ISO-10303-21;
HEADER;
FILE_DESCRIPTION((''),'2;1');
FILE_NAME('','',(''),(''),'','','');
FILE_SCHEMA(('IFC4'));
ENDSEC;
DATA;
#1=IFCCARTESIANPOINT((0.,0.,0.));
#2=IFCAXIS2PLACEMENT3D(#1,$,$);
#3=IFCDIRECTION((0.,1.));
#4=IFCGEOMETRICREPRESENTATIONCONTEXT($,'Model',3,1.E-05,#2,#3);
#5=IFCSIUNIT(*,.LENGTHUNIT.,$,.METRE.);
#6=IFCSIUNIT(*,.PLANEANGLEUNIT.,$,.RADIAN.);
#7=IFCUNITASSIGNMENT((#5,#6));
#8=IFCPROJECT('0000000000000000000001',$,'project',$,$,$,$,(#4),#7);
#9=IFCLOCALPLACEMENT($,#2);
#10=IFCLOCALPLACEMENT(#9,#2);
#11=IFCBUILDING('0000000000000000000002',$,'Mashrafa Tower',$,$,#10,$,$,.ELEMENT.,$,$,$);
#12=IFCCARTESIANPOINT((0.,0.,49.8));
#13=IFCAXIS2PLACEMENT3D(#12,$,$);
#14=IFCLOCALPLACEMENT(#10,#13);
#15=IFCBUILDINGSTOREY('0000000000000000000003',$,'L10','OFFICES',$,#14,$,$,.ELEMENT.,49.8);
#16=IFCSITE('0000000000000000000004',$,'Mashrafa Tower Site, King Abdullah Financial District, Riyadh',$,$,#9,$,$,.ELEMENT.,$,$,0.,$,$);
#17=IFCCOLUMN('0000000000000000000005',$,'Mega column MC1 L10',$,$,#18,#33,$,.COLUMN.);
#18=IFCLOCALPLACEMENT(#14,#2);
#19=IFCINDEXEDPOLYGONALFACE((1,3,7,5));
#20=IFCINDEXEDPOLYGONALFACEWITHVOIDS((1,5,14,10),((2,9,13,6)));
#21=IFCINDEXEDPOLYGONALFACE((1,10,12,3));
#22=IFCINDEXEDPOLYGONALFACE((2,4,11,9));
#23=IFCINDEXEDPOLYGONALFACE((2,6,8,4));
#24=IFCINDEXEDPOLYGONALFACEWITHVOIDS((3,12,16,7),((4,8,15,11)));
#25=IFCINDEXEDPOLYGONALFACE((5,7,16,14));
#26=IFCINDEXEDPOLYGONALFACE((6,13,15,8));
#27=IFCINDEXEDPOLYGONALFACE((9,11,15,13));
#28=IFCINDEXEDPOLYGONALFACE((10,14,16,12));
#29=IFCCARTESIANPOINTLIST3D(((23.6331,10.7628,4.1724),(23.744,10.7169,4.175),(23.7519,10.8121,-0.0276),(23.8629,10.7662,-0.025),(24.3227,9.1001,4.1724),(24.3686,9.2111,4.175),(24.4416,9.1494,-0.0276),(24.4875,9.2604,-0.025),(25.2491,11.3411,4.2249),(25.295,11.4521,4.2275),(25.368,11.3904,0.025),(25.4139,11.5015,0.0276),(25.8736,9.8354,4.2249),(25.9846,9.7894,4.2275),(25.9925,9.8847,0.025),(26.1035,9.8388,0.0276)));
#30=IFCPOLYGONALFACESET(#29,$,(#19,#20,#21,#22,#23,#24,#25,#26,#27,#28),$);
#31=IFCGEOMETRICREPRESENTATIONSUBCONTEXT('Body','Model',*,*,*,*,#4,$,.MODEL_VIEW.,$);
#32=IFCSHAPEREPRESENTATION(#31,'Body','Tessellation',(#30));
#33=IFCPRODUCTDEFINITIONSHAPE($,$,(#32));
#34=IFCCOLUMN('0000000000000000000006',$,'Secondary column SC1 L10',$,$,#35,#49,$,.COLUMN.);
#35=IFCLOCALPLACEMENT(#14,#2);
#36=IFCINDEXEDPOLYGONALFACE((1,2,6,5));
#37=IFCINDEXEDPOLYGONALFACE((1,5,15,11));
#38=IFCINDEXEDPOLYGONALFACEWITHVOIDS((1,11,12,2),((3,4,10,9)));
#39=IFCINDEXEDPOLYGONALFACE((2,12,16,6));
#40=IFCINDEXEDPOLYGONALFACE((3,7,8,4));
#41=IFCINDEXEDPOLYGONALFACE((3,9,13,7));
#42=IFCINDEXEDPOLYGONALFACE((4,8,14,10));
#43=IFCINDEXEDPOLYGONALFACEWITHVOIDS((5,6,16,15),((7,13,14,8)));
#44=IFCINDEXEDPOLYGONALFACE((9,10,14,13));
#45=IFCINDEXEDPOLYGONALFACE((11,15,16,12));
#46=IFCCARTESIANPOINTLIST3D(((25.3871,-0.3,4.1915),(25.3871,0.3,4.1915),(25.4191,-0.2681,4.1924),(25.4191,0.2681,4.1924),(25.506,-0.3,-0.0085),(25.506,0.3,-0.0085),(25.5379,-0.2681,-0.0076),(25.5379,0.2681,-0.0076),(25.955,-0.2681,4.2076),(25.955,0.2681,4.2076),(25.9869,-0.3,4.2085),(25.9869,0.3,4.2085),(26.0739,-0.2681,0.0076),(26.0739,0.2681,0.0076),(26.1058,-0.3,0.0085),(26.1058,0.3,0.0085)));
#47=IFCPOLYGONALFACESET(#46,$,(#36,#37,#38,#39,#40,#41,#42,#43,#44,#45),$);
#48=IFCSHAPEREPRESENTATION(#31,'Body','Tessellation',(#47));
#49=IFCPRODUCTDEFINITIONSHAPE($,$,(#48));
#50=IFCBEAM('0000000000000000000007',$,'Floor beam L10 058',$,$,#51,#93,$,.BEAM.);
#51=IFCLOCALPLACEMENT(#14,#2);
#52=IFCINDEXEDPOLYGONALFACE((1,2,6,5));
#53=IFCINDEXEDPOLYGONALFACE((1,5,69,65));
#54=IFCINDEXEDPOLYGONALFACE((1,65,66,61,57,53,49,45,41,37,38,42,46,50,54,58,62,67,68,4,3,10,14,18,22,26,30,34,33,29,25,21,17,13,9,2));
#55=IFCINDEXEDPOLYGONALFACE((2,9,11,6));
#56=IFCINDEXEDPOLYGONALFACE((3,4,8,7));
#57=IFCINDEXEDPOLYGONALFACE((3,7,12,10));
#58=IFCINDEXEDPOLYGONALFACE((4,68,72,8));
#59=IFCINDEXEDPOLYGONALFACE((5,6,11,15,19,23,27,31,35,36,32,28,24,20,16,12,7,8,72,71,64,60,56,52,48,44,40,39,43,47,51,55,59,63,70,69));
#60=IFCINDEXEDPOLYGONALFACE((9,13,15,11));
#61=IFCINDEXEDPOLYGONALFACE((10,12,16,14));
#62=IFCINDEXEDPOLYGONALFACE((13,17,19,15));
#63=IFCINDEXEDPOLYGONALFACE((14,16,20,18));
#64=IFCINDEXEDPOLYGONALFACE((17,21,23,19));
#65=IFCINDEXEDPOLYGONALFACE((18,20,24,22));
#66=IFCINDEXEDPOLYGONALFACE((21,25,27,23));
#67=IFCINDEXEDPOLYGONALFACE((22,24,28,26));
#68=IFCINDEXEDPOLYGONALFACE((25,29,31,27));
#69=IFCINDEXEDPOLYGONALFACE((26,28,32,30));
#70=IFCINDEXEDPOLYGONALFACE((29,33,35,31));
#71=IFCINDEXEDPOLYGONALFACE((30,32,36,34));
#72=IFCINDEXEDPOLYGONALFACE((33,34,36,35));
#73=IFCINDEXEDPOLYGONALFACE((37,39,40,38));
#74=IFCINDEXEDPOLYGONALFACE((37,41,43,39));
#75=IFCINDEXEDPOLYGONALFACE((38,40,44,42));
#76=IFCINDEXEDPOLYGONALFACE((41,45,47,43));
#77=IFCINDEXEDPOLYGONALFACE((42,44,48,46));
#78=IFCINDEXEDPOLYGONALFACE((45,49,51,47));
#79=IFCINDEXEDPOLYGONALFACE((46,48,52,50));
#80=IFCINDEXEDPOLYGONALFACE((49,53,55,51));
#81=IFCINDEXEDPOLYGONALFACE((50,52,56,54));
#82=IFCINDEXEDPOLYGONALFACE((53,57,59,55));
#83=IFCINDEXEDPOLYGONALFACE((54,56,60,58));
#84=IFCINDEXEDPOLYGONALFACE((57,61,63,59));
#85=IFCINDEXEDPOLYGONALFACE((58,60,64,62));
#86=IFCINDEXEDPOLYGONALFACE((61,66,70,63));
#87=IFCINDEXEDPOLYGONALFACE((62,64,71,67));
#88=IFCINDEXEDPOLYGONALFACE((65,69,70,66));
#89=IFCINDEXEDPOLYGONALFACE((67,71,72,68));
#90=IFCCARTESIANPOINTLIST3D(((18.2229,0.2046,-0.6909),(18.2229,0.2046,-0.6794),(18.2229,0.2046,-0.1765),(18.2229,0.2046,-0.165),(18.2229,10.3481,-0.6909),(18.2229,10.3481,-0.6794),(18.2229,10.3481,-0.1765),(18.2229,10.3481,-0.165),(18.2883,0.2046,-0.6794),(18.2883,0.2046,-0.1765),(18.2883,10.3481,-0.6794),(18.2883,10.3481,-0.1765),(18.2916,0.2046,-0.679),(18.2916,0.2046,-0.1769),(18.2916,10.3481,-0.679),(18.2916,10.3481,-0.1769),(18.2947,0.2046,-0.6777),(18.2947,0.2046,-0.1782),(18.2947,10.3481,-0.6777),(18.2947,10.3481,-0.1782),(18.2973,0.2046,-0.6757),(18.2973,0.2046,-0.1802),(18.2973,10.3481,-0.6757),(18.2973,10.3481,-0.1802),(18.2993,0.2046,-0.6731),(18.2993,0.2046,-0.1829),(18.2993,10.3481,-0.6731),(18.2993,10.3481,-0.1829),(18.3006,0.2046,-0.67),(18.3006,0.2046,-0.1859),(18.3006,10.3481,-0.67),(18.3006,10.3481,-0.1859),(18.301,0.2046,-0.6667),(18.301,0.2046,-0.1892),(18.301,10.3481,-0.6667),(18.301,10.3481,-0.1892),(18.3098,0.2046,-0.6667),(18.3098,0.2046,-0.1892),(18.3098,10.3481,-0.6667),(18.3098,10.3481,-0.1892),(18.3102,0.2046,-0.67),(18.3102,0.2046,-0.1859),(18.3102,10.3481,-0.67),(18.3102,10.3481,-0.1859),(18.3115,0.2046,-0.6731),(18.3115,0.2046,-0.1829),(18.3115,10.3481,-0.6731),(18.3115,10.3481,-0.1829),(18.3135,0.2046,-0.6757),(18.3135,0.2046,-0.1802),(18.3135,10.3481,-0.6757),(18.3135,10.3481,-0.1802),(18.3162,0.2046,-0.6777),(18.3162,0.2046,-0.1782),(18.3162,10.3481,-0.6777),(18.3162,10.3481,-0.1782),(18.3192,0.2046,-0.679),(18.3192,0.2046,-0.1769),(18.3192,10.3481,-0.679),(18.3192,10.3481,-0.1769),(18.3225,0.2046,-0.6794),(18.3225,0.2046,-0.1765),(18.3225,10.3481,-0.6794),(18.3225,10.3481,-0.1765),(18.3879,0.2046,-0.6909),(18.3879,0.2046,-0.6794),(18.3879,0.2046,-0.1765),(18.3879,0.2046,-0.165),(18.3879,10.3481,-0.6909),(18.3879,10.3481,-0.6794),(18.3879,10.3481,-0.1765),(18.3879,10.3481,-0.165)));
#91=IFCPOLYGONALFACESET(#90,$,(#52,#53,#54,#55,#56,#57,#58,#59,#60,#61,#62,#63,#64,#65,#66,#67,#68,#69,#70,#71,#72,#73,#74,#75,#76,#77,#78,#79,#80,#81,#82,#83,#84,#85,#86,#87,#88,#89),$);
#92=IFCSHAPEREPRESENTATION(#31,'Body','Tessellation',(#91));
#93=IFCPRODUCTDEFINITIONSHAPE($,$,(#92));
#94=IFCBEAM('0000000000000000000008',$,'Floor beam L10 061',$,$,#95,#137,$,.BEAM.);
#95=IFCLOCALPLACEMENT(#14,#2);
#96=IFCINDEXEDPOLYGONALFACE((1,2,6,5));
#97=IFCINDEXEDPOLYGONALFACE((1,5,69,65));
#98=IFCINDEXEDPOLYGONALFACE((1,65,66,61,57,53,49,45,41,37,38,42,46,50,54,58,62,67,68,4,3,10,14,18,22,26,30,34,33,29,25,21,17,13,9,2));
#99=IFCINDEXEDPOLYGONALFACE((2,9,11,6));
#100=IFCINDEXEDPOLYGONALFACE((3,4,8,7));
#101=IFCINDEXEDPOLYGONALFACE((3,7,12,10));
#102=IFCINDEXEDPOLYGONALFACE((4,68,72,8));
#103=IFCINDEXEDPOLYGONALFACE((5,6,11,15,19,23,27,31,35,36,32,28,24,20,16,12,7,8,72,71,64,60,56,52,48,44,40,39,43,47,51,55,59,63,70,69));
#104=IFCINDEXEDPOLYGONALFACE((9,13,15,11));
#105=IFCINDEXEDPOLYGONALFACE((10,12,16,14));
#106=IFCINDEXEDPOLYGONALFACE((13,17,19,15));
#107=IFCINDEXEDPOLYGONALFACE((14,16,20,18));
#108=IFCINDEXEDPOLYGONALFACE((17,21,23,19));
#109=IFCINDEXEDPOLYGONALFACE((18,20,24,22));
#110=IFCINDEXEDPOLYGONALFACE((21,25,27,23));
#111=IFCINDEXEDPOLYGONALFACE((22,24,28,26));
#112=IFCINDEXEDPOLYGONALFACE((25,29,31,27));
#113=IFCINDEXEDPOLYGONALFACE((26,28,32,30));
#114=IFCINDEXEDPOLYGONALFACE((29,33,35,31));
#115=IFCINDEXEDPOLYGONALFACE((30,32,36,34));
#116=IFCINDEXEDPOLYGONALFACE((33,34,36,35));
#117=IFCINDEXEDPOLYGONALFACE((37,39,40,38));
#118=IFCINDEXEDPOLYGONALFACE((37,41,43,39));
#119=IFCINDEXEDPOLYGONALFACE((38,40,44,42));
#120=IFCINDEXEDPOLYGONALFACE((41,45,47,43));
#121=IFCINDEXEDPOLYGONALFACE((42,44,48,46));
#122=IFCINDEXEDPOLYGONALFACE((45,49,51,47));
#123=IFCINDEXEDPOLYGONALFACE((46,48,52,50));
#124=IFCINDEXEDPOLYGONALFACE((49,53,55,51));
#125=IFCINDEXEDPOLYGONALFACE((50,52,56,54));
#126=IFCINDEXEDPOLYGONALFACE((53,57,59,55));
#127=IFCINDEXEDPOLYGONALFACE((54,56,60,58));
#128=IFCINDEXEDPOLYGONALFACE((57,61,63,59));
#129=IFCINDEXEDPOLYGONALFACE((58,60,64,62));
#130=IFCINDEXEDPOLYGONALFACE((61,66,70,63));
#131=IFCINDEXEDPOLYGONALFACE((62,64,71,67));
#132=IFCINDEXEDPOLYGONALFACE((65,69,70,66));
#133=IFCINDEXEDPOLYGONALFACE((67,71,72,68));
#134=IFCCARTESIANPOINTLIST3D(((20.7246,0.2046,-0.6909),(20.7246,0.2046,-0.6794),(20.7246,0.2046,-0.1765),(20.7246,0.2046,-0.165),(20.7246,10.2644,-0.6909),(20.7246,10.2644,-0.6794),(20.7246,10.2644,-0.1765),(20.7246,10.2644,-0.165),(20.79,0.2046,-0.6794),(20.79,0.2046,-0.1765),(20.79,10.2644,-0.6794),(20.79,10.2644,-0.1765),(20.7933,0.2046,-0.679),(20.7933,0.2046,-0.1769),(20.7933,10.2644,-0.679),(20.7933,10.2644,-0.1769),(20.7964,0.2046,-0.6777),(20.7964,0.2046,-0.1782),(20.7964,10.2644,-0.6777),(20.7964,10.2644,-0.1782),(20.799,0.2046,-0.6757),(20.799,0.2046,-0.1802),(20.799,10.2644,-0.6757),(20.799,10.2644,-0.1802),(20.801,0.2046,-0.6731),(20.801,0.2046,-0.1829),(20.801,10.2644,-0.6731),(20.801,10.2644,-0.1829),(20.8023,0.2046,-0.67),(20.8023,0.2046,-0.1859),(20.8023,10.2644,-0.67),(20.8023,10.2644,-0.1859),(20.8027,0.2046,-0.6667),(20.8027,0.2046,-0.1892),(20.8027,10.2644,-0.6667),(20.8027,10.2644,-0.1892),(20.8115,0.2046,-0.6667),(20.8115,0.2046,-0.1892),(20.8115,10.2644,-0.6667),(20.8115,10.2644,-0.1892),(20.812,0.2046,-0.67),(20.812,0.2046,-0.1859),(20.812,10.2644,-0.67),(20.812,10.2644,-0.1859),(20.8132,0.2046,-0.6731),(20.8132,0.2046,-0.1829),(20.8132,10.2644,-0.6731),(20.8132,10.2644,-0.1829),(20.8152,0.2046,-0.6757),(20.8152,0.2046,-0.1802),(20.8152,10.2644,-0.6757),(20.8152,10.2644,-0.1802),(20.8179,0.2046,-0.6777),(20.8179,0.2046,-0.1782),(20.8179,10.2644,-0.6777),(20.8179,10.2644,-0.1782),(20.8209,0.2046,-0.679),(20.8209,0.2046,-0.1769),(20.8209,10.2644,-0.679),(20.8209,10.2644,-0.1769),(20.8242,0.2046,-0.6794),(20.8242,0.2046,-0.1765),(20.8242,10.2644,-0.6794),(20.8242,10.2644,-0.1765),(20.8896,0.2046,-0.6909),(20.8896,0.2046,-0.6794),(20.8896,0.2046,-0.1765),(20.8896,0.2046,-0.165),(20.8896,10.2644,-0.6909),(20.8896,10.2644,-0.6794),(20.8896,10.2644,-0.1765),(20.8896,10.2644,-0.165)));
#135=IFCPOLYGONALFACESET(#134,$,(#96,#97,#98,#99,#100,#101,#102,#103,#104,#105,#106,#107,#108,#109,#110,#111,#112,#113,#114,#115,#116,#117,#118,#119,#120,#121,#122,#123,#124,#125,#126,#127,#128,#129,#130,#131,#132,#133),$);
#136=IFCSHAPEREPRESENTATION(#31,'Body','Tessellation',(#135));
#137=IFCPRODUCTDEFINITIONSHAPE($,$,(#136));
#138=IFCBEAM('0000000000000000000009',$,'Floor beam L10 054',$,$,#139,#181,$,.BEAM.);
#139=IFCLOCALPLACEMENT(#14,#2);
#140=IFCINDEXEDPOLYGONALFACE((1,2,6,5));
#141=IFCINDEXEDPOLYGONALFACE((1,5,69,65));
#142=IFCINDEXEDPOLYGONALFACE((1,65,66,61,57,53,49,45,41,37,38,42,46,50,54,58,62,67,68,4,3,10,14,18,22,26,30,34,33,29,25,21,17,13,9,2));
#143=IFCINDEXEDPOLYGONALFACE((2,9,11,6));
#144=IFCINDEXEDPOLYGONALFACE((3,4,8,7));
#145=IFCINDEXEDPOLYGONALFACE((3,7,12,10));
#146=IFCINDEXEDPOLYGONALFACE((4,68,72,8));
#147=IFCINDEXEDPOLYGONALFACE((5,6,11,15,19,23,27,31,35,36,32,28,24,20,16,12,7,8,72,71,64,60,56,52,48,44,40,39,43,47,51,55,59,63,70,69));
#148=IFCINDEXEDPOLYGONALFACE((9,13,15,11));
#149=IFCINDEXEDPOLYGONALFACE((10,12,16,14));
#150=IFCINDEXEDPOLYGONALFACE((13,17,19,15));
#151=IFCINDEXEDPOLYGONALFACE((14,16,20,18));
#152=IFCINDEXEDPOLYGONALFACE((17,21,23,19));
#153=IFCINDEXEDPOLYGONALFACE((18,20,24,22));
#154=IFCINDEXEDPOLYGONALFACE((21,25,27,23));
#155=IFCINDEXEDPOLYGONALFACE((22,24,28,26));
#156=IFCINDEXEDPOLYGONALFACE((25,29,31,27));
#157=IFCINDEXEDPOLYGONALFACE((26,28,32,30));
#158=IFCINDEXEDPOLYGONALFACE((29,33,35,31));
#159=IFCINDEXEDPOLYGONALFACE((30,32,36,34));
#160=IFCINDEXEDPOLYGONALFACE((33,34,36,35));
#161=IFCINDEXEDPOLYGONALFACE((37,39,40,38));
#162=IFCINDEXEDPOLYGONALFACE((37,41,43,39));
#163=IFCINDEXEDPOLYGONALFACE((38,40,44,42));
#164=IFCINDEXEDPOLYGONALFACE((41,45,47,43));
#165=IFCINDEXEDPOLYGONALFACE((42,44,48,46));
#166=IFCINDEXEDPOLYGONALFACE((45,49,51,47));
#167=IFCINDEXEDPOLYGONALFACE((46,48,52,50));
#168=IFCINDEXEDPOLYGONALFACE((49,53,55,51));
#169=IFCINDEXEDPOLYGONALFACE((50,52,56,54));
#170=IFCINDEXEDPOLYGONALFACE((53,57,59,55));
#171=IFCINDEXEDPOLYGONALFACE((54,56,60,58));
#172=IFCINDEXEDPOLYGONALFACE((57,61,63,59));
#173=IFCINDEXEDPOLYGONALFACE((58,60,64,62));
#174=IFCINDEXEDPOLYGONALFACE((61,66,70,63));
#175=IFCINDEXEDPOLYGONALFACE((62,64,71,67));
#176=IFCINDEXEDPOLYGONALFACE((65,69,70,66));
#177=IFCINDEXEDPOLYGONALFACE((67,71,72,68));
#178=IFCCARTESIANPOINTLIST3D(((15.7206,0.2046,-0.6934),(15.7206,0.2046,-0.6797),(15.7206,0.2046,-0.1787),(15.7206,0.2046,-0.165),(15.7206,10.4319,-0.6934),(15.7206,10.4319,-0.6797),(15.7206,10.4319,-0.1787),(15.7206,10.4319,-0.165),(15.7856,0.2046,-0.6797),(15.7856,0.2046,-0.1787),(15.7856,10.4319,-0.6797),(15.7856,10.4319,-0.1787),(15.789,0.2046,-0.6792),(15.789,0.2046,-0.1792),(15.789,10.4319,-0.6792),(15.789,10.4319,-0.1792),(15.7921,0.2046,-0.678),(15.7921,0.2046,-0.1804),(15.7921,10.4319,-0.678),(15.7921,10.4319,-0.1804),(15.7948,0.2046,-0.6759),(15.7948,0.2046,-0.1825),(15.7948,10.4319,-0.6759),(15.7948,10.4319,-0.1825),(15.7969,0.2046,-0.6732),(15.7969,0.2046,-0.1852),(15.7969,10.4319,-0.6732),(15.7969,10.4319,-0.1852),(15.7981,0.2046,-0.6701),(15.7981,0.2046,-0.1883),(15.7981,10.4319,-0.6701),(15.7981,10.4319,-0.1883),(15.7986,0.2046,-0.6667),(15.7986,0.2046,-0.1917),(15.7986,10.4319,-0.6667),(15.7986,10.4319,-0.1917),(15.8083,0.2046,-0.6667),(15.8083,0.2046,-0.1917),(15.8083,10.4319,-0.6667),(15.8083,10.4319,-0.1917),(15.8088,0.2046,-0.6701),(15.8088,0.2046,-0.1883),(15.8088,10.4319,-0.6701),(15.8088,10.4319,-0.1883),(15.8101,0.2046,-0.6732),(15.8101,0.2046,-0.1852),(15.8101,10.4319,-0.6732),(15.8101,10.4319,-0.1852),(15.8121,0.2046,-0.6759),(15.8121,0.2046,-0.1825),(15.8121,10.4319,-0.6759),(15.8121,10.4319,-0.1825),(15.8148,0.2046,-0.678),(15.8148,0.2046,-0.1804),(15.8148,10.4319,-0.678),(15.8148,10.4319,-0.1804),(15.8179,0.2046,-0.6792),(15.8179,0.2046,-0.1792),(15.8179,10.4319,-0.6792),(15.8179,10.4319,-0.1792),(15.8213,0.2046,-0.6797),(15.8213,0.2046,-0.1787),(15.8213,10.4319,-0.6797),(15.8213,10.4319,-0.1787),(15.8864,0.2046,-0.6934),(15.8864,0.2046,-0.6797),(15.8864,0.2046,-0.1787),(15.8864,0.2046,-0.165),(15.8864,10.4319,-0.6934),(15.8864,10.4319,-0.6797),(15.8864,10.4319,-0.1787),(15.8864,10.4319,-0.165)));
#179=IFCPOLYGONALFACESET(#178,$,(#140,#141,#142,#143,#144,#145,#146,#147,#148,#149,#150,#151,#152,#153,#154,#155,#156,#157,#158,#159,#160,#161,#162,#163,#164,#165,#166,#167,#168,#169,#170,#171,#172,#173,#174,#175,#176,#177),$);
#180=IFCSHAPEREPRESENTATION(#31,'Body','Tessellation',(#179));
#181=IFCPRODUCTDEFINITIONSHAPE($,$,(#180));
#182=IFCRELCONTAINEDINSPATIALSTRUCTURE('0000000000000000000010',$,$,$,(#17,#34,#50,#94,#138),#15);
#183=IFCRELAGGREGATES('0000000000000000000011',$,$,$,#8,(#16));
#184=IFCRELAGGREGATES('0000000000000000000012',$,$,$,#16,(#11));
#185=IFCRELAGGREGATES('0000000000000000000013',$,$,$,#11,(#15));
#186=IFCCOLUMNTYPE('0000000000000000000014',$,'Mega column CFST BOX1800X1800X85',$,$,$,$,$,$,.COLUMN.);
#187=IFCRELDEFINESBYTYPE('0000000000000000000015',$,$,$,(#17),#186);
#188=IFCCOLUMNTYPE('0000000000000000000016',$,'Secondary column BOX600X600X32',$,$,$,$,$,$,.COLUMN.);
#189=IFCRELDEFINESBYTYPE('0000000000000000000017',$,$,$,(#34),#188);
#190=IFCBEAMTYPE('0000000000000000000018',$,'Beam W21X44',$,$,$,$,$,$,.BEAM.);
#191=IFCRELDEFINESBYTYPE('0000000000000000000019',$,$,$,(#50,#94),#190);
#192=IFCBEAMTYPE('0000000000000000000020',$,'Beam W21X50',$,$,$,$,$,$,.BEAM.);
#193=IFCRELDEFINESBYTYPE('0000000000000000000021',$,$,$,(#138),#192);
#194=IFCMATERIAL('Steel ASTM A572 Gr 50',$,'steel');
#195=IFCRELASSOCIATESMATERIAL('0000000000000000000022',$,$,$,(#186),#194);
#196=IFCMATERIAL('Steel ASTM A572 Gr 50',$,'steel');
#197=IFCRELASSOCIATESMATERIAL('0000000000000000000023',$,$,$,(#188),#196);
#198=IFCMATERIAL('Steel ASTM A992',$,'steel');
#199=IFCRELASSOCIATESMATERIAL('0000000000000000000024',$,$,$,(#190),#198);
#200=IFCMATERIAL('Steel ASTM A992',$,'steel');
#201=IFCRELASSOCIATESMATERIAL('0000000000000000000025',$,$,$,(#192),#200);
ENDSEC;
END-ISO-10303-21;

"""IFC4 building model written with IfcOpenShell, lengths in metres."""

from ifc_helpers import new_model, si_unit, direction, frame, origin, origin_2d, place, context, subcontext, project, spatial, hollow_rectangle, i_section, extrude, material, material_profile, profile_set, type_object, element, save


model = new_model("IFC4")

# Units and contexts
model_context = context("Model", 3, precision=1e-05, world=origin(), true_north=direction((0.0, 1.0)))
body_context = subcontext(model_context, "Body", "Model", "MODEL_VIEW")
ifc_project = project(units=[si_unit("LENGTHUNIT", "METRE"), si_unit("PLANEANGLEUNIT", "RADIAN")], contexts=[model_context])

# Site, building, storey
site_placement = place(None, origin())
site = spatial("IfcSite", under=ifc_project, at=site_placement, Name="Mashrafa Tower Site, King Abdullah Financial District, Riyadh", CompositionType="ELEMENT", RefElevation=0.0)
building_placement = place(site_placement, origin())
building = spatial("IfcBuilding", under=site, at=building_placement, Name="Mashrafa Tower", CompositionType="ELEMENT")
storey_placement = place(building_placement, frame((0.0, 0.0, 49.8)))
storey = spatial("IfcBuildingStorey", under=building, at=storey_placement, Name="L10", Description="OFFICES", CompositionType="ELEMENT", Elevation=49.8)

# Columns
ifc_material_1 = material(Name="Steel ASTM A572 Gr 50", Category="steel")
ifc_material_profile_1 = material_profile(ifc_material_1, hollow_rectangle(XDim=1.8, YDim=1.8, WallThickness=0.085, at=origin_2d()), Name="BOX1800X1800X85")
ifc_profile_set_1 = profile_set([ifc_material_profile_1], Name="Steel ASTM A572 Gr 50")
column_type_1 = type_object("IfcColumnType", Name="Mega column CFST BOX1800X1800X85", PredefinedType="COLUMN", material=ifc_profile_set_1)
column_1_placement = place(storey_placement, frame((24.9277, 10.3254, 0.0), z_axis=(-0.028296, -0.011737, 0.999531), x_axis=(0.383133, -0.923693, 0.0)))
element("IfcColumn", 1, at=column_1_placement, inside=storey, type_object=column_type_1, Name="Mega column MC1 L10", PredefinedType="COLUMN", context=body_context, shape_type="SweptSolid", body=[
    extrude(hollow_rectangle(XDim=1.8, YDim=1.8, WallThickness=0.085, at=origin_2d()), origin(), (0.0, 0.0, 1.0), 4.2019),
])
ifc_material_2 = material(Name="Steel ASTM A572 Gr 50", Category="steel")
ifc_material_profile_2 = material_profile(ifc_material_2, hollow_rectangle(XDim=0.6001, YDim=0.6001, WallThickness=0.032, at=origin_2d()), Name="BOX600X600X32")
ifc_profile_set_2 = profile_set([ifc_material_profile_2], Name="Steel ASTM A572 Gr 50")
column_type_2 = type_object("IfcColumnType", Name="Secondary column BOX600X600X32", PredefinedType="COLUMN", material=ifc_profile_set_2)
column_2_placement = place(storey_placement, frame((25.8059, 0.0, 0.0), z_axis=(-0.028298, 0.0, 0.9996), x_axis=(0.0, -1.0, 0.0)))
element("IfcColumn", 2, at=column_2_placement, inside=storey, type_object=column_type_2, Name="Secondary column SC1 L10", PredefinedType="COLUMN", context=body_context, shape_type="SweptSolid", body=[
    extrude(hollow_rectangle(XDim=0.6001, YDim=0.6001, WallThickness=0.032, at=origin_2d()), origin(), (0.0, 0.0, 1.0), 4.2017),
])

# Beams
ifc_material_3 = material(Name="Steel ASTM A992", Category="steel")
ifc_material_profile_3 = material_profile(ifc_material_3, i_section(OverallWidth=0.165, OverallDepth=0.5259, WebThickness=0.0088, FlangeThickness=0.0115, FilletRadius=0.0127, at=origin_2d()), Name="W21X44")
ifc_profile_set_3 = profile_set([ifc_material_profile_3], Name="Steel ASTM A992")
beam_type_1 = type_object("IfcBeamType", Name="Beam W21X44", PredefinedType="BEAM", material=ifc_profile_set_3)
beam_1_placement = place(storey_placement, frame((18.3054, 10.3481, -0.428), z_axis=(0.0, -1.0, 0.0), x_axis=(1.0, 0.0, 0.0)))
element("IfcBeam", 3, at=beam_1_placement, inside=storey, type_object=beam_type_1, Name="Floor beam L10 058", PredefinedType="BEAM", context=body_context, shape_type="SweptSolid", body=[
    extrude(i_section(OverallWidth=0.165, OverallDepth=0.5259, WebThickness=0.0088, FlangeThickness=0.0115, FilletRadius=0.0127, at=origin_2d()), origin(), (0.0, 0.0, 1.0), 10.1436),
])
beam_2_placement = place(storey_placement, frame((20.8071, 10.2644, -0.428), z_axis=(0.0, -1.0, 0.0), x_axis=(1.0, 0.0, 0.0)))
element("IfcBeam", 4, at=beam_2_placement, inside=storey, type_object=beam_type_1, Name="Floor beam L10 061", PredefinedType="BEAM", context=body_context, shape_type="SweptSolid", body=[
    extrude(i_section(OverallWidth=0.165, OverallDepth=0.5259, WebThickness=0.0088, FlangeThickness=0.0115, FilletRadius=0.0127, at=origin_2d()), origin(), (0.0, 0.0, 1.0), 10.0598),
])
ifc_material_4 = material(Name="Steel ASTM A992", Category="steel")
ifc_material_profile_4 = material_profile(ifc_material_4, i_section(OverallWidth=0.1658, OverallDepth=0.5283, WebThickness=0.0098, FlangeThickness=0.0137, FilletRadius=0.0129, at=origin_2d()), Name="W21X50")
ifc_profile_set_4 = profile_set([ifc_material_profile_4], Name="Steel ASTM A992")
beam_type_2 = type_object("IfcBeamType", Name="Beam W21X50", PredefinedType="BEAM", material=ifc_profile_set_4)
beam_3_placement = place(storey_placement, frame((15.8035, 10.4319, -0.4292), z_axis=(0.0, -1.0, 0.0), x_axis=(1.0, 0.0, 0.0)))
element("IfcBeam", 5, at=beam_3_placement, inside=storey, type_object=beam_type_2, Name="Floor beam L10 054", PredefinedType="BEAM", context=body_context, shape_type="SweptSolid", body=[
    extrude(i_section(OverallWidth=0.1658, OverallDepth=0.5283, WebThickness=0.0098, FlangeThickness=0.0137, FilletRadius=0.0129, at=origin_2d()), origin(), (0.0, 0.0, 1.0), 10.2273),
])

save(model, "model.ifc")
